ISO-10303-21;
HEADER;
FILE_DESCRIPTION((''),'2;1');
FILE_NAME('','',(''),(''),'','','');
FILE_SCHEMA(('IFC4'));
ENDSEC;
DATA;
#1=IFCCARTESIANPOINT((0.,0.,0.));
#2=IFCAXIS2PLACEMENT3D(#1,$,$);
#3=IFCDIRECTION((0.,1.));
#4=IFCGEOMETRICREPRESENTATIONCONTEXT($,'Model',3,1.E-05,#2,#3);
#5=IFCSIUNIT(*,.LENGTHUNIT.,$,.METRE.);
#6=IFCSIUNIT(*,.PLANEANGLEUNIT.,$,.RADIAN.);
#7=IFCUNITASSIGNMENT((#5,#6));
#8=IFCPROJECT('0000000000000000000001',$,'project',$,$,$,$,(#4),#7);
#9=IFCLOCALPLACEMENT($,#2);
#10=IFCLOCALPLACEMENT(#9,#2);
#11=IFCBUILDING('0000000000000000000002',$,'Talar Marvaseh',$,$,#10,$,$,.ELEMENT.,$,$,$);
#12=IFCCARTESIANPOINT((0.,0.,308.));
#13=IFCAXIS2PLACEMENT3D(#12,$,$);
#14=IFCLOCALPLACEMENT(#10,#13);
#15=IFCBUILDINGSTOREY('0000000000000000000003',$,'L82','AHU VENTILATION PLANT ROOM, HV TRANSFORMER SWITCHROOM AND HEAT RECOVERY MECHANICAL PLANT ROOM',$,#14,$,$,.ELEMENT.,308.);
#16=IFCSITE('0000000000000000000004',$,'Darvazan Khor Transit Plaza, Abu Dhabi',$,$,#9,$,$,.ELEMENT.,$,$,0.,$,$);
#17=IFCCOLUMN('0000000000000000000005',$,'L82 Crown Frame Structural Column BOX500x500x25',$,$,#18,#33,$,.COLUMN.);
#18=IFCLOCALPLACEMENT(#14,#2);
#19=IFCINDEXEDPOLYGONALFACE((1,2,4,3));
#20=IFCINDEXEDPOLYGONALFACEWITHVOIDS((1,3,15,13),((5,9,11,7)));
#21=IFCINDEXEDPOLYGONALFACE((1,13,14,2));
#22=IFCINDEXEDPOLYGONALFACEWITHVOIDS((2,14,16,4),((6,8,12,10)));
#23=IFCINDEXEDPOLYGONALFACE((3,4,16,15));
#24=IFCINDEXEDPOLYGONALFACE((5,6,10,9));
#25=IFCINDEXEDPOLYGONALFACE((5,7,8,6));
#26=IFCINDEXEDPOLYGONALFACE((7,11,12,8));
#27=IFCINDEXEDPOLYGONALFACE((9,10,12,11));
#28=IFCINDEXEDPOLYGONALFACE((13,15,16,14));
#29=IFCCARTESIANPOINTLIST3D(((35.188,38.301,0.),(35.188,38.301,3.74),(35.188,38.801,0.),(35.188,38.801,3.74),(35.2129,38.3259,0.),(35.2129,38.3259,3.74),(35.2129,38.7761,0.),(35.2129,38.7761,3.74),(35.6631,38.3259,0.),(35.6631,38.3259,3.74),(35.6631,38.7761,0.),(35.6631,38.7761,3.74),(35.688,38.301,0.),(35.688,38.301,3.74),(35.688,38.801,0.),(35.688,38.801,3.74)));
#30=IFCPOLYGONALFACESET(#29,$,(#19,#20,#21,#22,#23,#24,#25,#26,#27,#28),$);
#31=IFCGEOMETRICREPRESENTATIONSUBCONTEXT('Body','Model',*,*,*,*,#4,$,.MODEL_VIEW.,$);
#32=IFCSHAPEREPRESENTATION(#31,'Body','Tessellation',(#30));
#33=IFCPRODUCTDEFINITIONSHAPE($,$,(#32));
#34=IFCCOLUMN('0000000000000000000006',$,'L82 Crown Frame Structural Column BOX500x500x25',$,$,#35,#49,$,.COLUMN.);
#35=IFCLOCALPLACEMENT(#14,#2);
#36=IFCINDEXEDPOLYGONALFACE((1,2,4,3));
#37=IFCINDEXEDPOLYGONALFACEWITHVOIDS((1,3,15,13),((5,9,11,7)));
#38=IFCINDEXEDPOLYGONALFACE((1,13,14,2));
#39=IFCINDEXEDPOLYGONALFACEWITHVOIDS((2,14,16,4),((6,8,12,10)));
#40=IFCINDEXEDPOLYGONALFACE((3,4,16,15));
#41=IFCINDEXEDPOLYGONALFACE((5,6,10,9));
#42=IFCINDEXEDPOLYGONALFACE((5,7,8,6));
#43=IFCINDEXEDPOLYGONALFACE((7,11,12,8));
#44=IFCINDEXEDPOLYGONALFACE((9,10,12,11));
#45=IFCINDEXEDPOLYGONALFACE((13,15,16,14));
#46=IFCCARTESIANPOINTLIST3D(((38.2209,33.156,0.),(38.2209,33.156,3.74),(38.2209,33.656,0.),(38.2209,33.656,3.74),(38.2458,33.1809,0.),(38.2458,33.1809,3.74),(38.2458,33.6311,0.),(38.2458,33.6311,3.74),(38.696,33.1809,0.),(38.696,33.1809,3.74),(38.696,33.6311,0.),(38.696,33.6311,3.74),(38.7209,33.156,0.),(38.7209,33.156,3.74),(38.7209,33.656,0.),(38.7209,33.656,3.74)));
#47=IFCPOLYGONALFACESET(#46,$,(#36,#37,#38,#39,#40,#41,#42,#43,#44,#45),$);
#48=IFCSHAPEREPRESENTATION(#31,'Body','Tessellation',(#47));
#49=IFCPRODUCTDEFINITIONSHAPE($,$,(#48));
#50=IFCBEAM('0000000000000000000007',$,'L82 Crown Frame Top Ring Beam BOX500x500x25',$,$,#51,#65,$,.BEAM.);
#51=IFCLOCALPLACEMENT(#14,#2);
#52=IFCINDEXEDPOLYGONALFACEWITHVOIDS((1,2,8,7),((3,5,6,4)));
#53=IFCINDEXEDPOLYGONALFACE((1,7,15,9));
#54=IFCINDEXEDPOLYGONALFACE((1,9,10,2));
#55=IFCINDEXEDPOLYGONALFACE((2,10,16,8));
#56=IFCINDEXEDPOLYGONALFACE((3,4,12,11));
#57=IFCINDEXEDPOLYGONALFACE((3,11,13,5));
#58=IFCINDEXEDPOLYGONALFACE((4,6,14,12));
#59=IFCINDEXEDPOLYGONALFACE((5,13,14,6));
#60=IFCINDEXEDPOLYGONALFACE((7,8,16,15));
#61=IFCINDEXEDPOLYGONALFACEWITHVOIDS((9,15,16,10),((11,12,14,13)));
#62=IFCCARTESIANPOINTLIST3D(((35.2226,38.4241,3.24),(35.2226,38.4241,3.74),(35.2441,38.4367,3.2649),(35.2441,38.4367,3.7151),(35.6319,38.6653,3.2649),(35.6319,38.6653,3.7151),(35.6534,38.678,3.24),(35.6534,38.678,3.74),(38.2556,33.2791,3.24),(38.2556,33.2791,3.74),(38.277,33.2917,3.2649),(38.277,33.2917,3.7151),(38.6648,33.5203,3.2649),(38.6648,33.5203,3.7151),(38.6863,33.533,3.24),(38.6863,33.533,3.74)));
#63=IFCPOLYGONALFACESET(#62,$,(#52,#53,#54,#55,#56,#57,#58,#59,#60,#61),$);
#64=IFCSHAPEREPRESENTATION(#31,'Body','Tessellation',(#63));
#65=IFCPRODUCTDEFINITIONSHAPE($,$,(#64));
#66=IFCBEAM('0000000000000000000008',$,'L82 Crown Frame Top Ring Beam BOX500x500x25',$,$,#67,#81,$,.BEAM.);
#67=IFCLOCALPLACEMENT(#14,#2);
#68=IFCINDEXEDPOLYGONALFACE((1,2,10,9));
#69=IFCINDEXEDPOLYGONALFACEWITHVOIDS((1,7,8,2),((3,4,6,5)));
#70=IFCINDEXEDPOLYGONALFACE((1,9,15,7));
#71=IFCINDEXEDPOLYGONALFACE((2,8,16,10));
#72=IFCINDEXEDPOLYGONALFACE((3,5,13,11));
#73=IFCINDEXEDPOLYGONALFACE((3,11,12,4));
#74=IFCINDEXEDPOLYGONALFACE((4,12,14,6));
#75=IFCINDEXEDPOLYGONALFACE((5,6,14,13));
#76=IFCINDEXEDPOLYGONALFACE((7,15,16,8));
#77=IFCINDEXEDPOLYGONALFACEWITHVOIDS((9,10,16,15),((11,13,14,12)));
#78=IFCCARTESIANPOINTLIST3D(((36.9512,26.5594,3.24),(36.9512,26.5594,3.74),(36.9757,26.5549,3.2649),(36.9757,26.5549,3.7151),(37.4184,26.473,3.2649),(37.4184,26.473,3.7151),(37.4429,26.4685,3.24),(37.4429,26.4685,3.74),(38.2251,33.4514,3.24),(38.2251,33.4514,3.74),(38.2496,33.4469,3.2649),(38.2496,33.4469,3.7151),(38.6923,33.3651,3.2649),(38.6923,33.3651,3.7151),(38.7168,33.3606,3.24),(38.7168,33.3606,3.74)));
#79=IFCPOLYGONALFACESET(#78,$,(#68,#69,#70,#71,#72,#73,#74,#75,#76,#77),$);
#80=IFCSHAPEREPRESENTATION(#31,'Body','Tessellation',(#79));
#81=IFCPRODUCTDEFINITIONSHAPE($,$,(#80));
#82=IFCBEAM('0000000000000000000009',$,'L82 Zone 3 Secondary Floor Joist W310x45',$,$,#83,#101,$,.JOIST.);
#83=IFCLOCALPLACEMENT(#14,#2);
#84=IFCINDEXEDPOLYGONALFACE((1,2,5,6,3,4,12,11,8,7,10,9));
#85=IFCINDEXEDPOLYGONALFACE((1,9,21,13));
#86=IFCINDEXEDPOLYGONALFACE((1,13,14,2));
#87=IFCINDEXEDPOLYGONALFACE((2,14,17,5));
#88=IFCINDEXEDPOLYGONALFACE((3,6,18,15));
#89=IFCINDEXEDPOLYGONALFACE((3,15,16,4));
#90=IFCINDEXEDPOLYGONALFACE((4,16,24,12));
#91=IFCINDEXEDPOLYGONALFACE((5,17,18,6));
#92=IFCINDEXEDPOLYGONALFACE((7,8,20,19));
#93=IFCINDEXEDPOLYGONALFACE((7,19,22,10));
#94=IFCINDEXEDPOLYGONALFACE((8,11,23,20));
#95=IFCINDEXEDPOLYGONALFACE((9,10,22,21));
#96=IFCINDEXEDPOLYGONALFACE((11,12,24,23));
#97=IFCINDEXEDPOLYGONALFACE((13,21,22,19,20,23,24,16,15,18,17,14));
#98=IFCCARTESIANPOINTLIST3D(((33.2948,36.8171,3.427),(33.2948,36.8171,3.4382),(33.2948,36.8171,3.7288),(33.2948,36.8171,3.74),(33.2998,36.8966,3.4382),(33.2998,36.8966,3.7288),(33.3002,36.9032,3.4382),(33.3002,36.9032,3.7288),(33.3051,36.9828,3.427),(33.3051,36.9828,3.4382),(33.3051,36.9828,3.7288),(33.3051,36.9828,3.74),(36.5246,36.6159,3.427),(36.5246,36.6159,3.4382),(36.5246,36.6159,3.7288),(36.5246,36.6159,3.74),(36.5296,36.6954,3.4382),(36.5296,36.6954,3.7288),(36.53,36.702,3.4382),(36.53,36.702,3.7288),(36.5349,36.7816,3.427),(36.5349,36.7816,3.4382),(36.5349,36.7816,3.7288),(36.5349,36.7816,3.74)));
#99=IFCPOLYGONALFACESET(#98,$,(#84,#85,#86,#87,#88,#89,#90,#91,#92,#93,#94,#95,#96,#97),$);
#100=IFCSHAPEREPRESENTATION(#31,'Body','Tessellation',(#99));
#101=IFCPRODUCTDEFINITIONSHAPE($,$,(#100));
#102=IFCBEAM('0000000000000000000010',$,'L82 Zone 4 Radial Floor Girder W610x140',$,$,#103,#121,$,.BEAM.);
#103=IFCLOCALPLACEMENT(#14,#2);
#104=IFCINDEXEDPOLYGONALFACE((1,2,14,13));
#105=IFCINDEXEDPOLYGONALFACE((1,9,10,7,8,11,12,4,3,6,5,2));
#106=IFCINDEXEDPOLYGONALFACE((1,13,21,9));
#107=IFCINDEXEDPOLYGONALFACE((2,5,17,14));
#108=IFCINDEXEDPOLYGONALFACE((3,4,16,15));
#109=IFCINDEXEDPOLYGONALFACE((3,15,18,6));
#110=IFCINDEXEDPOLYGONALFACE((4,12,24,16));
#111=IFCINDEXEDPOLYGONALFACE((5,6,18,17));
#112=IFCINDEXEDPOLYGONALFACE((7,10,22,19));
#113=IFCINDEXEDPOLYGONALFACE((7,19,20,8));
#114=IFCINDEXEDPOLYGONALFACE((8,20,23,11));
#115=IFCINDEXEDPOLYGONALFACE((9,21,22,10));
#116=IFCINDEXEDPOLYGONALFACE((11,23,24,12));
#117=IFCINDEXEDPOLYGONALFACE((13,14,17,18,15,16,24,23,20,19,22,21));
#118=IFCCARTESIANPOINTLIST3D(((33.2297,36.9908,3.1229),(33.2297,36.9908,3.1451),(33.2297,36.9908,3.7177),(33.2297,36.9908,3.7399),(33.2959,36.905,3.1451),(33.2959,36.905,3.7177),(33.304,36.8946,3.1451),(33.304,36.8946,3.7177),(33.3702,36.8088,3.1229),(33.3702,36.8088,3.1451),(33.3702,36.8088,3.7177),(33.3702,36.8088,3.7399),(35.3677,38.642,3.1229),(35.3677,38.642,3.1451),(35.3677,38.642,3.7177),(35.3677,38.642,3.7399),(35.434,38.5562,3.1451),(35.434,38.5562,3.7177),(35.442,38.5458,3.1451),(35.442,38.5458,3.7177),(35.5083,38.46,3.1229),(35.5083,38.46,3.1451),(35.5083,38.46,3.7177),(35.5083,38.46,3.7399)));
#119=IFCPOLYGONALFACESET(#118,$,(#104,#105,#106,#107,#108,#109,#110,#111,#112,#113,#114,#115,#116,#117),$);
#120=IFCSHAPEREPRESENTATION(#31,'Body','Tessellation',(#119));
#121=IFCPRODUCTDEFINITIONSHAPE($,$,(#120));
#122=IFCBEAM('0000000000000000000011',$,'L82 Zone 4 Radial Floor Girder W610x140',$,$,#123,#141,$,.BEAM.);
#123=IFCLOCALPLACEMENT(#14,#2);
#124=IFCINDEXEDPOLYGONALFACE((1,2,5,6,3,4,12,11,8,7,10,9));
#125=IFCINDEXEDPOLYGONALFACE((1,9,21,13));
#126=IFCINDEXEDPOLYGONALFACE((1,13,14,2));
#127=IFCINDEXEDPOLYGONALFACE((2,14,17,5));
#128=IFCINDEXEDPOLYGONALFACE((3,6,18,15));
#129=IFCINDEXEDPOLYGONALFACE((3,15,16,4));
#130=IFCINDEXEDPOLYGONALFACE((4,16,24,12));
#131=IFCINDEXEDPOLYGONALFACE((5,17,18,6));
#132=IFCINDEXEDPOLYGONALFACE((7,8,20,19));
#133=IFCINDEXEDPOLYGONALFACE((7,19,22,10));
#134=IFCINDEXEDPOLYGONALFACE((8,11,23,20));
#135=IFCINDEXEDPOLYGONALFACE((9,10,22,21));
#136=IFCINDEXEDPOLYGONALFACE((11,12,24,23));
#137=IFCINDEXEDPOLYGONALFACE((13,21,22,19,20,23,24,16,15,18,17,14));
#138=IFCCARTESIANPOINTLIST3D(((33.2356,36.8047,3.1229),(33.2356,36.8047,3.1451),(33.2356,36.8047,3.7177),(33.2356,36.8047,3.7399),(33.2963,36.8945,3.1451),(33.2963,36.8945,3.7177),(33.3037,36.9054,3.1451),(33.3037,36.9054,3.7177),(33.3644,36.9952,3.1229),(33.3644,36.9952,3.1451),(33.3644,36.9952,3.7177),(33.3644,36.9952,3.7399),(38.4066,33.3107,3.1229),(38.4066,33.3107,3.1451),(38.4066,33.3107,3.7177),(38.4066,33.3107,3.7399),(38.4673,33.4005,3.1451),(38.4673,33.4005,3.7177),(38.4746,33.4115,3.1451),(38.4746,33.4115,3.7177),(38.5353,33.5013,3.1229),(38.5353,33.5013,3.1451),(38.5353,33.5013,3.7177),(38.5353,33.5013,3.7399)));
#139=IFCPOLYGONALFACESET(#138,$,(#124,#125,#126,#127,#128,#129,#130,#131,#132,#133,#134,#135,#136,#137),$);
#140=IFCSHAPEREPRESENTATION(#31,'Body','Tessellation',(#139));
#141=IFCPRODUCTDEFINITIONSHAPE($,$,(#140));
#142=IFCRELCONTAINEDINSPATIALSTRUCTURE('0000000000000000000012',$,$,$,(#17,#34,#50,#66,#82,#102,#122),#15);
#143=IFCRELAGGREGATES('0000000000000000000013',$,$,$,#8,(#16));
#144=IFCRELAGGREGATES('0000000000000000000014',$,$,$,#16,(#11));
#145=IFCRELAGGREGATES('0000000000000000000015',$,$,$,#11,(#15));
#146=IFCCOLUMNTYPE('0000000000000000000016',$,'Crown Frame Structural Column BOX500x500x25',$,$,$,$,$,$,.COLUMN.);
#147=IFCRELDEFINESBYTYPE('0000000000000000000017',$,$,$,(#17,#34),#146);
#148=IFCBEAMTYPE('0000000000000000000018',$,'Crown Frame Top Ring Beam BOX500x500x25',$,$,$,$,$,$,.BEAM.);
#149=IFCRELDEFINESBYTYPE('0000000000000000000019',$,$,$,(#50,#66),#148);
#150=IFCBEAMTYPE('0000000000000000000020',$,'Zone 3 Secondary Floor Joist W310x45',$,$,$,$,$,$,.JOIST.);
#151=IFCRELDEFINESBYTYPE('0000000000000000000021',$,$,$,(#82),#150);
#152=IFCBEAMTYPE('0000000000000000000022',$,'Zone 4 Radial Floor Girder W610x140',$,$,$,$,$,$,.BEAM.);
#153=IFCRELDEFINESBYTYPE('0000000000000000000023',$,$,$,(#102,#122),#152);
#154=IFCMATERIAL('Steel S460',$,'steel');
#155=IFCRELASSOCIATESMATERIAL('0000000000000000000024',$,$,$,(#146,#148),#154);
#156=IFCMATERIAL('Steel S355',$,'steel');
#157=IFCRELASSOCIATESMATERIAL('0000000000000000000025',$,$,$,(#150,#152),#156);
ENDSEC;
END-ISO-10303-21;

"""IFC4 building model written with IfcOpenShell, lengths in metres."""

from ifc_helpers import new_model, si_unit, direction, frame, origin, origin_2d, place, context, subcontext, project, spatial, hollow_rectangle, i_section, extrude, material, material_profile, profile_set, type_object, element, save


model = new_model("IFC4")

# Units and contexts
model_context = context("Model", 3, precision=1e-05, world=origin(), true_north=direction((0.0, 1.0)))
body_context = subcontext(model_context, "Body", "Model", "MODEL_VIEW")
ifc_project = project(units=[si_unit("LENGTHUNIT", "METRE"), si_unit("PLANEANGLEUNIT", "RADIAN")], contexts=[model_context])

# Site, building, storey
site_placement = place(None, origin())
site = spatial("IfcSite", under=ifc_project, at=site_placement, Name="Darvazan Khor Transit Plaza, Abu Dhabi", CompositionType="ELEMENT", RefElevation=0.0)
building_placement = place(site_placement, origin())
building = spatial("IfcBuilding", under=site, at=building_placement, Name="Talar Marvaseh", CompositionType="ELEMENT")
storey_placement = place(building_placement, frame((0.0, 0.0, 308.0)))
storey = spatial("IfcBuildingStorey", under=building, at=storey_placement, Name="L82", Description="AHU VENTILATION PLANT ROOM, HV TRANSFORMER SWITCHROOM AND HEAT RECOVERY MECHANICAL PLANT ROOM", CompositionType="ELEMENT", Elevation=308.0)

# Columns
ifc_material_1 = material(Name="Steel S460", Category="steel")
ifc_material_profile_1 = material_profile(ifc_material_1, hollow_rectangle(XDim=0.5, YDim=0.5, WallThickness=0.0249, at=origin_2d()), Name="BOX500x500x25")
ifc_profile_set_1 = profile_set([ifc_material_profile_1], Name="Steel S460")
column_type = type_object("IfcColumnType", Name="Crown Frame Structural Column BOX500x500x25", PredefinedType="COLUMN", material=ifc_profile_set_1)
for number, where, z_axis, x_axis, name in (
    (1, (35.438, 38.551, 0.0), (0.0, 0.0, 1.0), (1.0, 0.0, 0.0), "L82 Crown Frame Structural Column BOX500x500x25"),
    (2, (38.4709, 33.406, 0.0), (0.0, 0.0, 1.0), (1.0, 0.0, 0.0), "L82 Crown Frame Structural Column BOX500x500x25"),
):
    element("IfcColumn", number, at=place(storey_placement, frame(where, z_axis=z_axis, x_axis=x_axis)), inside=storey, type_object=column_type, Name=name, PredefinedType="COLUMN", context=body_context, shape_type="SweptSolid", body=[
        extrude(hollow_rectangle(XDim=0.5, YDim=0.5, WallThickness=0.0249, at=origin_2d()), origin(), (0.0, 0.0, 1.0), 3.74),
    ])

# Beams
ifc_material_profile_2 = material_profile(ifc_material_1, hollow_rectangle(XDim=0.5, YDim=0.5, WallThickness=0.0249, at=origin_2d()), Name="BOX500x500x25")
ifc_profile_set_2 = profile_set([ifc_material_profile_2], Name="Steel S460")
beam_type_1 = type_object("IfcBeamType", Name="Crown Frame Top Ring Beam BOX500x500x25", PredefinedType="BEAM", material=ifc_profile_set_2)
beam_1_placement = place(storey_placement, frame((35.438, 38.551, 3.49), z_axis=(0.507826, -0.86146, 0.0), x_axis=(0.86146, 0.507826, 0.0)))
element("IfcBeam", 3, at=beam_1_placement, inside=storey, type_object=beam_type_1, Name="L82 Crown Frame Top Ring Beam BOX500x500x25", PredefinedType="BEAM", context=body_context, shape_type="SweptSolid", body=[
    extrude(hollow_rectangle(XDim=0.5, YDim=0.5, WallThickness=0.0249, at=origin_2d()), origin(), (0.0, 0.0, 1.0), 5.9724),
])
beam_2_placement = place(storey_placement, frame((38.4709, 33.406, 3.49), z_axis=(-0.18176, -0.983343, 0.0), x_axis=(0.983343, -0.18176, 0.0)))
element("IfcBeam", 4, at=beam_2_placement, inside=storey, type_object=beam_type_1, Name="L82 Crown Frame Top Ring Beam BOX500x500x25", PredefinedType="BEAM", context=body_context, shape_type="SweptSolid", body=[
    extrude(hollow_rectangle(XDim=0.5, YDim=0.5, WallThickness=0.0249, at=origin_2d()), origin(), (0.0, 0.0, 1.0), 7.0088),
])
ifc_material_2 = material(Name="Steel S355", Category="steel")
ifc_material_profile_3 = material_profile(ifc_material_2, i_section(OverallWidth=0.166, OverallDepth=0.313, WebThickness=0.0066, FlangeThickness=0.0112, at=origin_2d()), Name="W310x45")
ifc_profile_set_3 = profile_set([ifc_material_profile_3], Name="Steel S355")
beam_type_2 = type_object("IfcBeamType", Name="Zone 3 Secondary Floor Joist W310x45", PredefinedType="JOIST", material=ifc_profile_set_3)
beam_3_placement = place(storey_placement, frame((36.5298, 36.6987, 3.5835), z_axis=(-0.998066, 0.062167, 0.0), x_axis=(-0.062167, -0.998066, 0.0)))
element("IfcBeam", 5, at=beam_3_placement, inside=storey, type_object=beam_type_2, Name="L82 Zone 3 Secondary Floor Joist W310x45", PredefinedType="JOIST", context=body_context, shape_type="SweptSolid", body=[
    extrude(i_section(OverallWidth=0.166, OverallDepth=0.313, WebThickness=0.0066, FlangeThickness=0.0112, at=origin_2d()), origin(), (0.0, 0.0, 1.0), 3.2361),
])
ifc_material_profile_4 = material_profile(ifc_material_2, i_section(OverallWidth=0.23, OverallDepth=0.6169, WebThickness=0.0132, FlangeThickness=0.0222, at=origin_2d()), Name="W610x140")
ifc_profile_set_4 = profile_set([ifc_material_profile_4], Name="Steel S355")
beam_type_3 = type_object("IfcBeamType", Name="Zone 4 Radial Floor Girder W610x140", PredefinedType="BEAM", material=ifc_profile_set_4)
beam_4_placement = place(storey_placement, frame((35.438, 38.551, 3.4314), z_axis=(-0.79145, -0.611234, 0.0), x_axis=(0.611234, -0.79145, 0.0)))
element("IfcBeam", 6, at=beam_4_placement, inside=storey, type_object=beam_type_3, Name="L82 Zone 4 Radial Floor Girder W610x140", PredefinedType="BEAM", context=body_context, shape_type="SweptSolid", body=[
    extrude(i_section(OverallWidth=0.23, OverallDepth=0.6169, WebThickness=0.0132, FlangeThickness=0.0222, at=origin_2d()), origin(), (0.0, 0.0, 1.0), 2.7014),
])
beam_5_placement = place(storey_placement, frame((38.4709, 33.406, 3.4314), z_axis=(-0.828586, 0.559862, 0.0), x_axis=(-0.559862, -0.828586, 0.0)))
element("IfcBeam", 7, at=beam_5_placement, inside=storey, type_object=beam_type_3, Name="L82 Zone 4 Radial Floor Girder W610x140", PredefinedType="BEAM", context=body_context, shape_type="SweptSolid", body=[
    extrude(i_section(OverallWidth=0.23, OverallDepth=0.6169, WebThickness=0.0132, FlangeThickness=0.0222, at=origin_2d()), origin(), (0.0, 0.0, 1.0), 6.2407),
])

save(model, "model.ifc")
